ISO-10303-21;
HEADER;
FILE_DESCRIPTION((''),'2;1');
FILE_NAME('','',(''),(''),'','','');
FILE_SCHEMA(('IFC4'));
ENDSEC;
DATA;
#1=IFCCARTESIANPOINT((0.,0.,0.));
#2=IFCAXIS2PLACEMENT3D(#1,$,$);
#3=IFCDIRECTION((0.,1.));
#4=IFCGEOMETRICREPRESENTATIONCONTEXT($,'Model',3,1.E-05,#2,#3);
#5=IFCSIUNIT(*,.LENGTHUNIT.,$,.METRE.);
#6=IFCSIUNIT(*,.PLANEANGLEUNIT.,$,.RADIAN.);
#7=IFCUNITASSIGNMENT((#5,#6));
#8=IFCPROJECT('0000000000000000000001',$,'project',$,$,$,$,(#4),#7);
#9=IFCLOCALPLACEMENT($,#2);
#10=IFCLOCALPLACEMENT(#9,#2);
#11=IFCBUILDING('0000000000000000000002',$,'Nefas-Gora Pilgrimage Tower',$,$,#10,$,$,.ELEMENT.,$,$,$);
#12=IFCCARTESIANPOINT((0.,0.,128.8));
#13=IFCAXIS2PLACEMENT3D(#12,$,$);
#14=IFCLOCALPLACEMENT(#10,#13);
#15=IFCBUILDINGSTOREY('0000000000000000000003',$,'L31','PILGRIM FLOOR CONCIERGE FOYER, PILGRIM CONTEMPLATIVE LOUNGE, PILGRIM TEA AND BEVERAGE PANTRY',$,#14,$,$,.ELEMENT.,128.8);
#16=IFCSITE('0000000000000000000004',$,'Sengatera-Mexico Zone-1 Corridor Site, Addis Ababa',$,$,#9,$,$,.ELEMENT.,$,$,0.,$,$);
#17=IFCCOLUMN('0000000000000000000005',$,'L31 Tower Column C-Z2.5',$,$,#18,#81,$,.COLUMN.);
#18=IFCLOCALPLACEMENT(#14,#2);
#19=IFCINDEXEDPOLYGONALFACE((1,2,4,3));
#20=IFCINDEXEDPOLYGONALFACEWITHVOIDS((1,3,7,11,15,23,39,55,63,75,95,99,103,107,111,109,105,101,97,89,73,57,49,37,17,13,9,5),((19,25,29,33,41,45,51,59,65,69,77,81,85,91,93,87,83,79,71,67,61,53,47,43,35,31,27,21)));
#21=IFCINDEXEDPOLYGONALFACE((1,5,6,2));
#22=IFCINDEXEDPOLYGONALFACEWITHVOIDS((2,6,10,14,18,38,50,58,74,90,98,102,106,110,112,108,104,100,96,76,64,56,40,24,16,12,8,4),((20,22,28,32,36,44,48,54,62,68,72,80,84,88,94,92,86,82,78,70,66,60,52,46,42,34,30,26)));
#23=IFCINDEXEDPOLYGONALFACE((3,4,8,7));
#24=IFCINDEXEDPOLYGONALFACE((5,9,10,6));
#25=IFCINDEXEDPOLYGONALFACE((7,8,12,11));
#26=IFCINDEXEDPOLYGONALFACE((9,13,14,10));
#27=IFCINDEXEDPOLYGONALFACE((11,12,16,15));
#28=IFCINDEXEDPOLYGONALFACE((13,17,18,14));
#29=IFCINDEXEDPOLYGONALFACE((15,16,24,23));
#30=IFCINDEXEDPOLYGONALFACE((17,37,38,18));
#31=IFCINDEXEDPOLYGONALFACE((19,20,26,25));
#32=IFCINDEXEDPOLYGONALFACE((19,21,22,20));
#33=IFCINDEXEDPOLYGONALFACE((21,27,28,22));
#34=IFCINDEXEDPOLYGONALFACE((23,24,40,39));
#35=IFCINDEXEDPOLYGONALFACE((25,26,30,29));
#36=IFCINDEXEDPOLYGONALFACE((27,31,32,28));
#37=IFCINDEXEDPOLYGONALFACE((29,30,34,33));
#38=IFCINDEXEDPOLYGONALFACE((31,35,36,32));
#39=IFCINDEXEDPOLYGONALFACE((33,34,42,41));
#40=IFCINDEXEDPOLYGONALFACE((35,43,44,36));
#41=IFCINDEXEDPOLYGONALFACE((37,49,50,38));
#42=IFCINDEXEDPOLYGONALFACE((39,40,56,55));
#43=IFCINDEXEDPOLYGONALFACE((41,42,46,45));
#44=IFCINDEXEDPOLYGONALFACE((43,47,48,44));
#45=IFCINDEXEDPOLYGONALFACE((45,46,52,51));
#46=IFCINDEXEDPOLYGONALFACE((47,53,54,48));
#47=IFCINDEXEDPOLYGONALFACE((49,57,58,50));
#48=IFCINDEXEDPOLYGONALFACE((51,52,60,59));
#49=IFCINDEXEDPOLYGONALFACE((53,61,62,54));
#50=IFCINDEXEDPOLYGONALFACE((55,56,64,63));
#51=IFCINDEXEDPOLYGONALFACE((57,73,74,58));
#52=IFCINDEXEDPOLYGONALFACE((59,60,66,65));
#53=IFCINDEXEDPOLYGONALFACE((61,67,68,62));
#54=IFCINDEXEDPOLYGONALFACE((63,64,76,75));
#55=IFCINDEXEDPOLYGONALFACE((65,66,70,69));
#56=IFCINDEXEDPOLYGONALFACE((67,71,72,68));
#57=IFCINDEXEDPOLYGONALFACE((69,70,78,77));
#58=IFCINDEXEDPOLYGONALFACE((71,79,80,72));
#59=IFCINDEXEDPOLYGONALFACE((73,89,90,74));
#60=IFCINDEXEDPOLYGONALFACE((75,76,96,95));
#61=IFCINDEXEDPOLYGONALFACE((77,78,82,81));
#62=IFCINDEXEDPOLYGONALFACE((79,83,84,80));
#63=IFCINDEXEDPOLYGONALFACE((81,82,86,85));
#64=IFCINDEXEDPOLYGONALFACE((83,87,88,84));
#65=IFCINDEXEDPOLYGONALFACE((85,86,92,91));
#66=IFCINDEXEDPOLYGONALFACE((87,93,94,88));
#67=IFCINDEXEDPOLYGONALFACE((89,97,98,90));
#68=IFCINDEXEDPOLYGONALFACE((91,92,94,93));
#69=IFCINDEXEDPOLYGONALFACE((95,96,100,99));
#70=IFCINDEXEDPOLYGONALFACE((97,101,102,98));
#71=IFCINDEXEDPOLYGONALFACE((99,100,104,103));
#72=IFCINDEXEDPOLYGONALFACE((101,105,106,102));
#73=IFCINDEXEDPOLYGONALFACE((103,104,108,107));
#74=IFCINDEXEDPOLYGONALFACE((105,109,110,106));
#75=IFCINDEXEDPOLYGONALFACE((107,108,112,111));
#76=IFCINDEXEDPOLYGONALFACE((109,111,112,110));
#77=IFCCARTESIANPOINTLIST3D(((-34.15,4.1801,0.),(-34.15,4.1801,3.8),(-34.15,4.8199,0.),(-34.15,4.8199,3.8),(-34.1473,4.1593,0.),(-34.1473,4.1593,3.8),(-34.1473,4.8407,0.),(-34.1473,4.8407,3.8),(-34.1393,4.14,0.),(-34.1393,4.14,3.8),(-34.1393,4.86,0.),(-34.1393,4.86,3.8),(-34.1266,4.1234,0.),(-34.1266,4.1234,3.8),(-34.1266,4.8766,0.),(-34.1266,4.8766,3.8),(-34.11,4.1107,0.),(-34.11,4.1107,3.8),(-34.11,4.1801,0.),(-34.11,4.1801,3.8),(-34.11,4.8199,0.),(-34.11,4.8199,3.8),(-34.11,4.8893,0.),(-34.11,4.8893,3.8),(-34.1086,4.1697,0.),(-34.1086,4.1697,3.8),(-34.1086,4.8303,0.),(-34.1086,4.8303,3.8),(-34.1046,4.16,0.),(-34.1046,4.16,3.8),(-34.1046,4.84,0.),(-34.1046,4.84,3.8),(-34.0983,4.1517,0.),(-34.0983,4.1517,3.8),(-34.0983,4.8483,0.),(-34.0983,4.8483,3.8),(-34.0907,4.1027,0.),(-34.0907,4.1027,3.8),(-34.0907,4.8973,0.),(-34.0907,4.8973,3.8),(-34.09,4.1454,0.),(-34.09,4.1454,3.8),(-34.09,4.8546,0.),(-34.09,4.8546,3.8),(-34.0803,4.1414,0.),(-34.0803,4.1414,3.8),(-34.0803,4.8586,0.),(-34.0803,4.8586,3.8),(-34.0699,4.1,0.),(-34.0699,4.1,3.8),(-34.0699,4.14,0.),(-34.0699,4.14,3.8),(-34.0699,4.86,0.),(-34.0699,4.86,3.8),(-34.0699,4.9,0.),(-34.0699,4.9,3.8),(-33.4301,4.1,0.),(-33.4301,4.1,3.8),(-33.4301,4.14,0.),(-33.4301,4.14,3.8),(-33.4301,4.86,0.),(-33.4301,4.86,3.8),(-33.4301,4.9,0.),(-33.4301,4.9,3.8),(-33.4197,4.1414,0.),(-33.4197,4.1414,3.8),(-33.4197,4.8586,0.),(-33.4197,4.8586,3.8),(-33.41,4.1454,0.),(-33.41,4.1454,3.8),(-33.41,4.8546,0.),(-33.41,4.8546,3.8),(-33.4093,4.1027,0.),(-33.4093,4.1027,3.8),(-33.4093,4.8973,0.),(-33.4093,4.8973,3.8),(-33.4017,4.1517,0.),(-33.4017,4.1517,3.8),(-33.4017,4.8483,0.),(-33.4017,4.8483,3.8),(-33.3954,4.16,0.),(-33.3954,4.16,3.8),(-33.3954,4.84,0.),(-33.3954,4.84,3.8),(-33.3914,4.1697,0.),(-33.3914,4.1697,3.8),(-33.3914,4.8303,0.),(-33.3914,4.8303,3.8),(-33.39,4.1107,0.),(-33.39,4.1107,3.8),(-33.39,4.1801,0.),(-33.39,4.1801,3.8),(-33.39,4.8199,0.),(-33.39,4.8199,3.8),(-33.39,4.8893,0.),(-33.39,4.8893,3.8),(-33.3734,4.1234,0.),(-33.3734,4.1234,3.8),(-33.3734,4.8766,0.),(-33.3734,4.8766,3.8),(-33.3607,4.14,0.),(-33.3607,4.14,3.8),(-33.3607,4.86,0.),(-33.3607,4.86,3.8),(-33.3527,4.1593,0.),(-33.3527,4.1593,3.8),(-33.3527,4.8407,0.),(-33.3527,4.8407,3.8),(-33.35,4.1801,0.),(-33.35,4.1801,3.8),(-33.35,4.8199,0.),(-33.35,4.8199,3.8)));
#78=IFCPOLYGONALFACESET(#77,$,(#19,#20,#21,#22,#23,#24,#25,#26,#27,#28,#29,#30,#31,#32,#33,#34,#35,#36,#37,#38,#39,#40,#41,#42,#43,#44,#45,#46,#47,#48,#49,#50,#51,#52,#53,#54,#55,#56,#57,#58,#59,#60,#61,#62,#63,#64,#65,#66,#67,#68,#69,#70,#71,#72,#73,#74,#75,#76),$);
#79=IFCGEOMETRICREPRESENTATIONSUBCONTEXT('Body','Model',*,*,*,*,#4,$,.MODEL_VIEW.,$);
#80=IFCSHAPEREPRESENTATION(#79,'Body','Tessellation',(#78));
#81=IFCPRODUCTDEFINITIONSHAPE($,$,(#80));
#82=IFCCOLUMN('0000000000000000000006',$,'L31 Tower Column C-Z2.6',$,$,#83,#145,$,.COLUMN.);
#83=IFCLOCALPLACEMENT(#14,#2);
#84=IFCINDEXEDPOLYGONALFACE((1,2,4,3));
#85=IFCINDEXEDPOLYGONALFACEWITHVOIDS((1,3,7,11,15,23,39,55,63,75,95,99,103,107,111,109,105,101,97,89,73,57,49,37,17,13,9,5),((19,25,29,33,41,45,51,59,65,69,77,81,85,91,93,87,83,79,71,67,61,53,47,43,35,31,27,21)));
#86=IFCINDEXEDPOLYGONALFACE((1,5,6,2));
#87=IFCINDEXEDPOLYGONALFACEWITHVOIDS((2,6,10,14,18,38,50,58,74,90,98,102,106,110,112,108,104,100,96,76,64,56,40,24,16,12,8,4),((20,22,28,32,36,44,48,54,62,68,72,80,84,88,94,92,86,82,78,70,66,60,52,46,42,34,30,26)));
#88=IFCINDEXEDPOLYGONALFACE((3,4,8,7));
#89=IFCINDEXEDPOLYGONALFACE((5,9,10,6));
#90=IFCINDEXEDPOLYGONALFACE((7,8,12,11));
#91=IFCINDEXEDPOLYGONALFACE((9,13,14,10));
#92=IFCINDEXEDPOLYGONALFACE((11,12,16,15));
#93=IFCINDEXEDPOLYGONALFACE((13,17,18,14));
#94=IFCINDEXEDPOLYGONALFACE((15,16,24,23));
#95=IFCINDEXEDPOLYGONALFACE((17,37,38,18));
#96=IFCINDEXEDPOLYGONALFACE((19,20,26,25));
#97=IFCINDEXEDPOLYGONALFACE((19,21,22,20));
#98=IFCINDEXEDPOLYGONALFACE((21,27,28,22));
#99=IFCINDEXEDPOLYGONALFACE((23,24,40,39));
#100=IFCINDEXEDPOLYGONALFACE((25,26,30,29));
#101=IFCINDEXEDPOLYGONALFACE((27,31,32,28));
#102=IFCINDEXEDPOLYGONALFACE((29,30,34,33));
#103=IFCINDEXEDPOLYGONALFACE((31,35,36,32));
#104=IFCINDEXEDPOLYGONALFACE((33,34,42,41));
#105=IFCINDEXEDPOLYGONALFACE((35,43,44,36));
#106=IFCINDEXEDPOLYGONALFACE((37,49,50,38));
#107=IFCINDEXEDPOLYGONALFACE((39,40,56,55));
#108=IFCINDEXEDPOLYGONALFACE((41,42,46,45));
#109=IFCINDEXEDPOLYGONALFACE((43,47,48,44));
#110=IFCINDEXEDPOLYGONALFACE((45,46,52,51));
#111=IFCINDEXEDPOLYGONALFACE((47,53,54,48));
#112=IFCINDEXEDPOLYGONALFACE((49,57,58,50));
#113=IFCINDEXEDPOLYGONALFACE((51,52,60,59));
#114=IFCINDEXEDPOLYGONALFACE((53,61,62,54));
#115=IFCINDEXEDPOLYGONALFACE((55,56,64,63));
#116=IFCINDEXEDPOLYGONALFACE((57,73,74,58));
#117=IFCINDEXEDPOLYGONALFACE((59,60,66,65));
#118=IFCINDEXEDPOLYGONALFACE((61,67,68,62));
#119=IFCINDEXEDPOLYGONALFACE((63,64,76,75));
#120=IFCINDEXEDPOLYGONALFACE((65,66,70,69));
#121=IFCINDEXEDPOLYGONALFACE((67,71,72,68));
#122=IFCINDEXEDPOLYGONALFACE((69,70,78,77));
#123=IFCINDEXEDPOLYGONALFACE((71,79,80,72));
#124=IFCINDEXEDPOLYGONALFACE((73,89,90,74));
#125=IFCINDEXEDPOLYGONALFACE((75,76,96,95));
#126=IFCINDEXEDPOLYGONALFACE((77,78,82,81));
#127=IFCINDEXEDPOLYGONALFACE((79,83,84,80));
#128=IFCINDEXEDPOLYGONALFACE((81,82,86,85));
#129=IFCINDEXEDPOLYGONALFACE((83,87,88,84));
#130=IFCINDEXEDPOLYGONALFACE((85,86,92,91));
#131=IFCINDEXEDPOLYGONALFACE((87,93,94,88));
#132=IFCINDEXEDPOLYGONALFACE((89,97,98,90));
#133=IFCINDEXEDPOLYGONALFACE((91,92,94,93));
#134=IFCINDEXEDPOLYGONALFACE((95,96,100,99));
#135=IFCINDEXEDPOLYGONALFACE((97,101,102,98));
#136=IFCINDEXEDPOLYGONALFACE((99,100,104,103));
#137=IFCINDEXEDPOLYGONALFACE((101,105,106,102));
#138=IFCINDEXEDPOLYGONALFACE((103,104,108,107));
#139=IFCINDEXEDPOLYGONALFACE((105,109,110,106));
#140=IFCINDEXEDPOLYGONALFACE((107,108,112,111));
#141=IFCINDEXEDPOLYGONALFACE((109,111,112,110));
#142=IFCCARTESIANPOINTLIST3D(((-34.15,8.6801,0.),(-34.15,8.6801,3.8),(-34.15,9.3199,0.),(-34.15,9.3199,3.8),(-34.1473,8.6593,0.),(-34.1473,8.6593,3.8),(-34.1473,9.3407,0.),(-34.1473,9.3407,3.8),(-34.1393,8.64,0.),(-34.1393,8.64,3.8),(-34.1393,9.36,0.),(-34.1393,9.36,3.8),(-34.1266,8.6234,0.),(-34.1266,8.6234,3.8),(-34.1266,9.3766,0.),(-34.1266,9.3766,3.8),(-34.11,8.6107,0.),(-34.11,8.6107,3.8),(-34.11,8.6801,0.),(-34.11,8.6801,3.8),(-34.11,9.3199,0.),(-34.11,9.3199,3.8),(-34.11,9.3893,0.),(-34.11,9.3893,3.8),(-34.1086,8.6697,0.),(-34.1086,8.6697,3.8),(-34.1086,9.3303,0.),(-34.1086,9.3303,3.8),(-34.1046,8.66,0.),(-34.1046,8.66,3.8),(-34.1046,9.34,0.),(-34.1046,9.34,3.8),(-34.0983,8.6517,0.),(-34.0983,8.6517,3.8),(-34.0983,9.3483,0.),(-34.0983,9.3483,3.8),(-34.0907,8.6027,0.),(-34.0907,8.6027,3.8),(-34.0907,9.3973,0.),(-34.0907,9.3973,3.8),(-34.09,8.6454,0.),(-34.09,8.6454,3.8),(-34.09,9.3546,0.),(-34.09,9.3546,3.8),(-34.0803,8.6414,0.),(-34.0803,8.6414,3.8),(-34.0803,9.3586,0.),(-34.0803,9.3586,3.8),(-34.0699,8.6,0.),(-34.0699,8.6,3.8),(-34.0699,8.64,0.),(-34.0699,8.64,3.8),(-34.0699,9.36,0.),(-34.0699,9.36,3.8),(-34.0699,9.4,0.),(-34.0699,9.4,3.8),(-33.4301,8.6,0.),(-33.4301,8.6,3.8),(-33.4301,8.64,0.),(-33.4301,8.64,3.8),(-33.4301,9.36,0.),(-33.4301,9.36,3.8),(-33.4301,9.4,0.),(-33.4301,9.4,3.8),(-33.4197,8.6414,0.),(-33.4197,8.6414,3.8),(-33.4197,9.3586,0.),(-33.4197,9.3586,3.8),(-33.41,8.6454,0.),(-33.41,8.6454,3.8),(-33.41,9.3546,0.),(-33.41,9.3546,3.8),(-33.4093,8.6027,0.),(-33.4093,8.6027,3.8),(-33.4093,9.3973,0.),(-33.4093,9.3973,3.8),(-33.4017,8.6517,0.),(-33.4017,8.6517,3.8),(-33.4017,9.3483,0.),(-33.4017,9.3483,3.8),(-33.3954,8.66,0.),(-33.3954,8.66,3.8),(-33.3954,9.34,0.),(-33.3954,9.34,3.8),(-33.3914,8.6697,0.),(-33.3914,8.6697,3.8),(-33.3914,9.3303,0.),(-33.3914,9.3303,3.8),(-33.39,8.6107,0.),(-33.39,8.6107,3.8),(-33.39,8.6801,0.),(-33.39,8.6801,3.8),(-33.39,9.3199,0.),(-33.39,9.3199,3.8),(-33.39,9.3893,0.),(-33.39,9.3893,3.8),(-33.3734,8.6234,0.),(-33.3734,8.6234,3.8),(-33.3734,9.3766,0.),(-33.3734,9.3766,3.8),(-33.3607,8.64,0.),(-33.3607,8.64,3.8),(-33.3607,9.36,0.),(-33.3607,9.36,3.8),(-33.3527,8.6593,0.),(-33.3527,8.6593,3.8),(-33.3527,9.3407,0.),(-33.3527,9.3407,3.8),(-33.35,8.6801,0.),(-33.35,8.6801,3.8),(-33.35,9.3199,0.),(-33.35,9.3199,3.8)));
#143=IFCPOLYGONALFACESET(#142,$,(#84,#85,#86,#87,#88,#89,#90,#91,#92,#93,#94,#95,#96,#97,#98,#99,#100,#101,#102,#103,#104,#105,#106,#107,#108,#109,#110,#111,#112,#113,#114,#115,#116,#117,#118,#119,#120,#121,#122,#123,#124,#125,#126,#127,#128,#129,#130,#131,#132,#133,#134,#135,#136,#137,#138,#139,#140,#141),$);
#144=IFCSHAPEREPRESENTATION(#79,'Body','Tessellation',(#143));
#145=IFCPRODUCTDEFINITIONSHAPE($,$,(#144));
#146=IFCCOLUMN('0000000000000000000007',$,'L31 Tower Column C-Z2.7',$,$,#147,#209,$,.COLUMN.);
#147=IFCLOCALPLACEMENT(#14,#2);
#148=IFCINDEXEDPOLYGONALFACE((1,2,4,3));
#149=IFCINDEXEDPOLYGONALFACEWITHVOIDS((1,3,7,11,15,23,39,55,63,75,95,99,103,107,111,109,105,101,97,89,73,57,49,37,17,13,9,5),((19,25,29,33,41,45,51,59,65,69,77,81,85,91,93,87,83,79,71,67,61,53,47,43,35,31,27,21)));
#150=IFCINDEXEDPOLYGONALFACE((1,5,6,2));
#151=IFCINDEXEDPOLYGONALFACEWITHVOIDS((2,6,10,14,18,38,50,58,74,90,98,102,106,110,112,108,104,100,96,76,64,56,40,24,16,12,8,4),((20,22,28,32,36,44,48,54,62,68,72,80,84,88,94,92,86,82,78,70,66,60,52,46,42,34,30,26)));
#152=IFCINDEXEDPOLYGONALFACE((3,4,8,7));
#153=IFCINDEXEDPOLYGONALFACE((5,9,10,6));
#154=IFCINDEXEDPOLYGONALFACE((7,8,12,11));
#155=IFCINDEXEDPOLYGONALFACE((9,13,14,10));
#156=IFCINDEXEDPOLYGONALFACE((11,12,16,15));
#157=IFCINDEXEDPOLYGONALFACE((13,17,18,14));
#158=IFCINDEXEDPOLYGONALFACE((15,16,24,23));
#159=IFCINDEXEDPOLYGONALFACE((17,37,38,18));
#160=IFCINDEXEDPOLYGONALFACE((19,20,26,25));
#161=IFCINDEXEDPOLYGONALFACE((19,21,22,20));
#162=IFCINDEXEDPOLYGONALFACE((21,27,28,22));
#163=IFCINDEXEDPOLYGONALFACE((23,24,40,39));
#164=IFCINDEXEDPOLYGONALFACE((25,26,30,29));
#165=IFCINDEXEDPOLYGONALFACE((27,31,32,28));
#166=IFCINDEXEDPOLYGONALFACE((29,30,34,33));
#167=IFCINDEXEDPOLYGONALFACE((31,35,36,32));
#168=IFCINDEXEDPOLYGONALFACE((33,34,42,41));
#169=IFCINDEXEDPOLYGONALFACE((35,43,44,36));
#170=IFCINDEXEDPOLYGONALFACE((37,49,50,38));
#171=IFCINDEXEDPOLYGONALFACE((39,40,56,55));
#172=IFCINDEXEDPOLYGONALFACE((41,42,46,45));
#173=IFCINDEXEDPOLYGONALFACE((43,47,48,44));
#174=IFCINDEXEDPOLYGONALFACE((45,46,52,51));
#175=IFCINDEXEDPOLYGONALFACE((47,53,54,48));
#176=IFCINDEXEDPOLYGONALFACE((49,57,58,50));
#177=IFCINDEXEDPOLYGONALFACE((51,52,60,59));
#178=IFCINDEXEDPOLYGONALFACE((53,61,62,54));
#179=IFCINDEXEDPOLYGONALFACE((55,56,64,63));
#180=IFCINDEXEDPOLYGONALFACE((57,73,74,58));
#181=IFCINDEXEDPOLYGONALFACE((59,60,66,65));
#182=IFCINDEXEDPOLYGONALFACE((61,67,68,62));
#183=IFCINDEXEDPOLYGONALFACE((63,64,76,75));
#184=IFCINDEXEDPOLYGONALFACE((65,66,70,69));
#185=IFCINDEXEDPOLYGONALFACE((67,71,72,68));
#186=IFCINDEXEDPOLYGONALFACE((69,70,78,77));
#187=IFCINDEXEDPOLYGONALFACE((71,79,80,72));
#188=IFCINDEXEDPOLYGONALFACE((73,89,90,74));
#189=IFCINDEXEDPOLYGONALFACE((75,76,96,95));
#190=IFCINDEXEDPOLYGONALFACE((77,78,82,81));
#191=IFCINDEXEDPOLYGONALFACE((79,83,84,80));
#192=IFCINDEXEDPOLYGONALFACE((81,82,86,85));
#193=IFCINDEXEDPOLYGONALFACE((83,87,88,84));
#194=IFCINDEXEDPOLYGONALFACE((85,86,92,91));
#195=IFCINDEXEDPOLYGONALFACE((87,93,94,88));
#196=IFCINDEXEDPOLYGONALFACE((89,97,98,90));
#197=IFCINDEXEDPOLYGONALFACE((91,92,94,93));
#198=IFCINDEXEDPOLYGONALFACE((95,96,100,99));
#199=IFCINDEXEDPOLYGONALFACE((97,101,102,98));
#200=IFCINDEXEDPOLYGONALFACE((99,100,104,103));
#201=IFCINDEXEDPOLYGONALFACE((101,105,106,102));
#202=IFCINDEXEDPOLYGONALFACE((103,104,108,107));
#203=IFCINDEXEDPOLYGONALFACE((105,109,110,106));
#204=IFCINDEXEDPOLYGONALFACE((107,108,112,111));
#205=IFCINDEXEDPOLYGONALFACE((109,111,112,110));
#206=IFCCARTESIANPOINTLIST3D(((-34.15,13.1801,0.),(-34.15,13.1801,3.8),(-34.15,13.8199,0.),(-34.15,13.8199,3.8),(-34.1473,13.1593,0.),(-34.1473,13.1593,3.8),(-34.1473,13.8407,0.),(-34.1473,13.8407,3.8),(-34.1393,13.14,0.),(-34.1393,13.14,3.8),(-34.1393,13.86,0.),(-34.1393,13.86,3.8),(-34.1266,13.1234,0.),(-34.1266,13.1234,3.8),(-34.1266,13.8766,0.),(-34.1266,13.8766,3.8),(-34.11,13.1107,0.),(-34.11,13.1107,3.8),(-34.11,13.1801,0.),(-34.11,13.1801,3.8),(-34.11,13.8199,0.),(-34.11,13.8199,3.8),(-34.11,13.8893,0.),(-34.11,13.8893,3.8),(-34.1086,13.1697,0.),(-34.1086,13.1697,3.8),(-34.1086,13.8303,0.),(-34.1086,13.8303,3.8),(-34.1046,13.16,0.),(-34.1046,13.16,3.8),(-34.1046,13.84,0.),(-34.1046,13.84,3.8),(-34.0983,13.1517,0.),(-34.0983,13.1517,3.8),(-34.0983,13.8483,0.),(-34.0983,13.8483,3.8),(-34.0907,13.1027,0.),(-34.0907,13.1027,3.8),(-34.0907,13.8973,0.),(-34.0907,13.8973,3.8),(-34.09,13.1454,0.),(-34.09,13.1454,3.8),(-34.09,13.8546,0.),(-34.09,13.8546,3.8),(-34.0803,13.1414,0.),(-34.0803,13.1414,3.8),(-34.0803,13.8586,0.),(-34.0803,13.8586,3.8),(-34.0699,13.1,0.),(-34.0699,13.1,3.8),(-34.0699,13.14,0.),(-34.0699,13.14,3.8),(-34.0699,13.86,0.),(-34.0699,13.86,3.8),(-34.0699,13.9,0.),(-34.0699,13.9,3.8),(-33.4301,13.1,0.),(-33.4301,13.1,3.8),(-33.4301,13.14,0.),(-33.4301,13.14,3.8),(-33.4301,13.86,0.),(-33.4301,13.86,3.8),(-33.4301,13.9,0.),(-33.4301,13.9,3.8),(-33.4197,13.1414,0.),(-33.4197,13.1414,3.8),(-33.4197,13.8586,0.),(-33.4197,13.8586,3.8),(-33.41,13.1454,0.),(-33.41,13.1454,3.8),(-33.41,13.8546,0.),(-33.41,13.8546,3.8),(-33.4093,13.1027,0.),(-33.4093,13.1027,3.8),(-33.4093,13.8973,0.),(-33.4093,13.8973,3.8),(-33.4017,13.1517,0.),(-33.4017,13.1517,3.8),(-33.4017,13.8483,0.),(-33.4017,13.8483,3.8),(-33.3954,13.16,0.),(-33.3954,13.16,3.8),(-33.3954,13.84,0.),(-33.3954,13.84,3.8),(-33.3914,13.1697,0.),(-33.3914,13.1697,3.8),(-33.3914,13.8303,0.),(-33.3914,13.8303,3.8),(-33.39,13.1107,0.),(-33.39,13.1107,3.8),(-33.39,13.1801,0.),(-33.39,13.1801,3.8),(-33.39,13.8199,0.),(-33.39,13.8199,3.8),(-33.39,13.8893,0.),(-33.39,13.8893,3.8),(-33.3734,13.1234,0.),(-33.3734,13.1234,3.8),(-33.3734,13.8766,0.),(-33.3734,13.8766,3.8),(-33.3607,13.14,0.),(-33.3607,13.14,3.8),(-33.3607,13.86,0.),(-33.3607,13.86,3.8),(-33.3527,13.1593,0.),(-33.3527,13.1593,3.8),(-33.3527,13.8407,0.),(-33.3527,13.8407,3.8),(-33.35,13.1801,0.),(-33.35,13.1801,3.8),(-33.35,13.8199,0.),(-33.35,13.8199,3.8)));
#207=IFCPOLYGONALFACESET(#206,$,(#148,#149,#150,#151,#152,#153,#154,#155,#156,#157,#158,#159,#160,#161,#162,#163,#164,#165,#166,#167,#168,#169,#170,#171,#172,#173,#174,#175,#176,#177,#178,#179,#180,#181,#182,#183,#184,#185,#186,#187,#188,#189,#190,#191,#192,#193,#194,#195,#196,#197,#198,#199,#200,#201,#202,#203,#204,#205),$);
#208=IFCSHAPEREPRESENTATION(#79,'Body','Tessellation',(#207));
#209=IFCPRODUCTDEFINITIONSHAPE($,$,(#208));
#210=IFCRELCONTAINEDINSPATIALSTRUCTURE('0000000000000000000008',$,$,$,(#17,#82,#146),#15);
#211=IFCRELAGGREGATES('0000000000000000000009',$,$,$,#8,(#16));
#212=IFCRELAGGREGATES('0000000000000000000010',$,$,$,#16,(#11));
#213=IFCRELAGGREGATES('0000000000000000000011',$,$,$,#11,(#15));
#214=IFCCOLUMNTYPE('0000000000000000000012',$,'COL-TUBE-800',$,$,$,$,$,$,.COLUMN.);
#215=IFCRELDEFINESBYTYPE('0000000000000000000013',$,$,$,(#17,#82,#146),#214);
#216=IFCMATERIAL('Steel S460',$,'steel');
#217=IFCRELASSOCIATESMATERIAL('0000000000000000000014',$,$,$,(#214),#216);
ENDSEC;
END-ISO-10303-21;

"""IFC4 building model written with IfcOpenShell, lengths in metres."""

from ifc_helpers import new_model, si_unit, direction, frame, origin, origin_2d, place, context, subcontext, project, spatial, hollow_rectangle, extrude, source, transform, mapped, material, material_profile, profile_set, type_object, element, save


model = new_model("IFC4")

# Units and contexts
model_context = context("Model", 3, precision=1e-05, world=origin(), true_north=direction((0.0, 1.0)))
body_context = subcontext(model_context, "Body", "Model", "MODEL_VIEW")
ifc_project = project(units=[si_unit("LENGTHUNIT", "METRE"), si_unit("PLANEANGLEUNIT", "RADIAN")], contexts=[model_context])

# Site, building, storey
site_placement = place(None, origin())
site = spatial("IfcSite", under=ifc_project, at=site_placement, Name="Sengatera-Mexico Zone-1 Corridor Site, Addis Ababa", CompositionType="ELEMENT", RefElevation=0.0)
building_placement = place(site_placement, origin())
building = spatial("IfcBuilding", under=site, at=building_placement, Name="Nefas-Gora Pilgrimage Tower", CompositionType="ELEMENT")
storey_placement = place(building_placement, frame((0.0, 0.0, 128.8)))
storey = spatial("IfcBuildingStorey", under=building, at=storey_placement, Name="L31", Description="PILGRIM FLOOR CONCIERGE FOYER, PILGRIM CONTEMPLATIVE LOUNGE, PILGRIM TEA AND BEVERAGE PANTRY", CompositionType="ELEMENT", Elevation=128.8)

# Columns
ifc_material_1 = material(Name="Steel S460", Category="steel")
ifc_material_profile_1 = material_profile(ifc_material_1, hollow_rectangle(XDim=0.8, YDim=0.8, WallThickness=0.04, InnerFilletRadius=0.04, OuterFilletRadius=0.0801, at=origin_2d()), Name="BOX 800x800x40")
ifc_profile_set_1 = profile_set([ifc_material_profile_1], Name="Steel S460")
column_type_1 = type_object("IfcColumnType", Name="COL-TUBE-800", PredefinedType="COLUMN", material=ifc_profile_set_1)
shared_shape_1 = source(origin(), body_context, "Body", "SweptSolid", [
    extrude(hollow_rectangle(XDim=0.8, YDim=0.8, WallThickness=0.04, InnerFilletRadius=0.04, OuterFilletRadius=0.0801, at=origin_2d()), origin(), (0.0, 0.0, 1.0), 3.8),
])
for number, where, z_axis, x_axis, name in (
    (1, (-33.75, 4.5, 0.0), (0.0, 0.0, 1.0), (1.0, 0.0, 0.0), "L31 Tower Column C-Z2.5"),
    (2, (-33.75, 9.0, 0.0), (0.0, 0.0, 1.0), (1.0, 0.0, 0.0), "L31 Tower Column C-Z2.6"),
    (3, (-33.75, 13.5, 0.0), (0.0, 0.0, 1.0), (1.0, 0.0, 0.0), "L31 Tower Column C-Z2.7"),
):
    element("IfcColumn", number, at=place(storey_placement, frame(where, z_axis=z_axis, x_axis=x_axis)), inside=storey, type_object=column_type_1, Name=name, PredefinedType="COLUMN", context=body_context, shape_type="MappedRepresentation", body=[
        mapped(shared_shape_1, transform((0.0, 0.0, 0.0), x_axis=(1.0, 0.0, 0.0), y_axis=(0.0, 1.0, 0.0), z_axis=(0.0, 0.0, 1.0), scale=1.0)),
    ])

save(model, "model.ifc")
